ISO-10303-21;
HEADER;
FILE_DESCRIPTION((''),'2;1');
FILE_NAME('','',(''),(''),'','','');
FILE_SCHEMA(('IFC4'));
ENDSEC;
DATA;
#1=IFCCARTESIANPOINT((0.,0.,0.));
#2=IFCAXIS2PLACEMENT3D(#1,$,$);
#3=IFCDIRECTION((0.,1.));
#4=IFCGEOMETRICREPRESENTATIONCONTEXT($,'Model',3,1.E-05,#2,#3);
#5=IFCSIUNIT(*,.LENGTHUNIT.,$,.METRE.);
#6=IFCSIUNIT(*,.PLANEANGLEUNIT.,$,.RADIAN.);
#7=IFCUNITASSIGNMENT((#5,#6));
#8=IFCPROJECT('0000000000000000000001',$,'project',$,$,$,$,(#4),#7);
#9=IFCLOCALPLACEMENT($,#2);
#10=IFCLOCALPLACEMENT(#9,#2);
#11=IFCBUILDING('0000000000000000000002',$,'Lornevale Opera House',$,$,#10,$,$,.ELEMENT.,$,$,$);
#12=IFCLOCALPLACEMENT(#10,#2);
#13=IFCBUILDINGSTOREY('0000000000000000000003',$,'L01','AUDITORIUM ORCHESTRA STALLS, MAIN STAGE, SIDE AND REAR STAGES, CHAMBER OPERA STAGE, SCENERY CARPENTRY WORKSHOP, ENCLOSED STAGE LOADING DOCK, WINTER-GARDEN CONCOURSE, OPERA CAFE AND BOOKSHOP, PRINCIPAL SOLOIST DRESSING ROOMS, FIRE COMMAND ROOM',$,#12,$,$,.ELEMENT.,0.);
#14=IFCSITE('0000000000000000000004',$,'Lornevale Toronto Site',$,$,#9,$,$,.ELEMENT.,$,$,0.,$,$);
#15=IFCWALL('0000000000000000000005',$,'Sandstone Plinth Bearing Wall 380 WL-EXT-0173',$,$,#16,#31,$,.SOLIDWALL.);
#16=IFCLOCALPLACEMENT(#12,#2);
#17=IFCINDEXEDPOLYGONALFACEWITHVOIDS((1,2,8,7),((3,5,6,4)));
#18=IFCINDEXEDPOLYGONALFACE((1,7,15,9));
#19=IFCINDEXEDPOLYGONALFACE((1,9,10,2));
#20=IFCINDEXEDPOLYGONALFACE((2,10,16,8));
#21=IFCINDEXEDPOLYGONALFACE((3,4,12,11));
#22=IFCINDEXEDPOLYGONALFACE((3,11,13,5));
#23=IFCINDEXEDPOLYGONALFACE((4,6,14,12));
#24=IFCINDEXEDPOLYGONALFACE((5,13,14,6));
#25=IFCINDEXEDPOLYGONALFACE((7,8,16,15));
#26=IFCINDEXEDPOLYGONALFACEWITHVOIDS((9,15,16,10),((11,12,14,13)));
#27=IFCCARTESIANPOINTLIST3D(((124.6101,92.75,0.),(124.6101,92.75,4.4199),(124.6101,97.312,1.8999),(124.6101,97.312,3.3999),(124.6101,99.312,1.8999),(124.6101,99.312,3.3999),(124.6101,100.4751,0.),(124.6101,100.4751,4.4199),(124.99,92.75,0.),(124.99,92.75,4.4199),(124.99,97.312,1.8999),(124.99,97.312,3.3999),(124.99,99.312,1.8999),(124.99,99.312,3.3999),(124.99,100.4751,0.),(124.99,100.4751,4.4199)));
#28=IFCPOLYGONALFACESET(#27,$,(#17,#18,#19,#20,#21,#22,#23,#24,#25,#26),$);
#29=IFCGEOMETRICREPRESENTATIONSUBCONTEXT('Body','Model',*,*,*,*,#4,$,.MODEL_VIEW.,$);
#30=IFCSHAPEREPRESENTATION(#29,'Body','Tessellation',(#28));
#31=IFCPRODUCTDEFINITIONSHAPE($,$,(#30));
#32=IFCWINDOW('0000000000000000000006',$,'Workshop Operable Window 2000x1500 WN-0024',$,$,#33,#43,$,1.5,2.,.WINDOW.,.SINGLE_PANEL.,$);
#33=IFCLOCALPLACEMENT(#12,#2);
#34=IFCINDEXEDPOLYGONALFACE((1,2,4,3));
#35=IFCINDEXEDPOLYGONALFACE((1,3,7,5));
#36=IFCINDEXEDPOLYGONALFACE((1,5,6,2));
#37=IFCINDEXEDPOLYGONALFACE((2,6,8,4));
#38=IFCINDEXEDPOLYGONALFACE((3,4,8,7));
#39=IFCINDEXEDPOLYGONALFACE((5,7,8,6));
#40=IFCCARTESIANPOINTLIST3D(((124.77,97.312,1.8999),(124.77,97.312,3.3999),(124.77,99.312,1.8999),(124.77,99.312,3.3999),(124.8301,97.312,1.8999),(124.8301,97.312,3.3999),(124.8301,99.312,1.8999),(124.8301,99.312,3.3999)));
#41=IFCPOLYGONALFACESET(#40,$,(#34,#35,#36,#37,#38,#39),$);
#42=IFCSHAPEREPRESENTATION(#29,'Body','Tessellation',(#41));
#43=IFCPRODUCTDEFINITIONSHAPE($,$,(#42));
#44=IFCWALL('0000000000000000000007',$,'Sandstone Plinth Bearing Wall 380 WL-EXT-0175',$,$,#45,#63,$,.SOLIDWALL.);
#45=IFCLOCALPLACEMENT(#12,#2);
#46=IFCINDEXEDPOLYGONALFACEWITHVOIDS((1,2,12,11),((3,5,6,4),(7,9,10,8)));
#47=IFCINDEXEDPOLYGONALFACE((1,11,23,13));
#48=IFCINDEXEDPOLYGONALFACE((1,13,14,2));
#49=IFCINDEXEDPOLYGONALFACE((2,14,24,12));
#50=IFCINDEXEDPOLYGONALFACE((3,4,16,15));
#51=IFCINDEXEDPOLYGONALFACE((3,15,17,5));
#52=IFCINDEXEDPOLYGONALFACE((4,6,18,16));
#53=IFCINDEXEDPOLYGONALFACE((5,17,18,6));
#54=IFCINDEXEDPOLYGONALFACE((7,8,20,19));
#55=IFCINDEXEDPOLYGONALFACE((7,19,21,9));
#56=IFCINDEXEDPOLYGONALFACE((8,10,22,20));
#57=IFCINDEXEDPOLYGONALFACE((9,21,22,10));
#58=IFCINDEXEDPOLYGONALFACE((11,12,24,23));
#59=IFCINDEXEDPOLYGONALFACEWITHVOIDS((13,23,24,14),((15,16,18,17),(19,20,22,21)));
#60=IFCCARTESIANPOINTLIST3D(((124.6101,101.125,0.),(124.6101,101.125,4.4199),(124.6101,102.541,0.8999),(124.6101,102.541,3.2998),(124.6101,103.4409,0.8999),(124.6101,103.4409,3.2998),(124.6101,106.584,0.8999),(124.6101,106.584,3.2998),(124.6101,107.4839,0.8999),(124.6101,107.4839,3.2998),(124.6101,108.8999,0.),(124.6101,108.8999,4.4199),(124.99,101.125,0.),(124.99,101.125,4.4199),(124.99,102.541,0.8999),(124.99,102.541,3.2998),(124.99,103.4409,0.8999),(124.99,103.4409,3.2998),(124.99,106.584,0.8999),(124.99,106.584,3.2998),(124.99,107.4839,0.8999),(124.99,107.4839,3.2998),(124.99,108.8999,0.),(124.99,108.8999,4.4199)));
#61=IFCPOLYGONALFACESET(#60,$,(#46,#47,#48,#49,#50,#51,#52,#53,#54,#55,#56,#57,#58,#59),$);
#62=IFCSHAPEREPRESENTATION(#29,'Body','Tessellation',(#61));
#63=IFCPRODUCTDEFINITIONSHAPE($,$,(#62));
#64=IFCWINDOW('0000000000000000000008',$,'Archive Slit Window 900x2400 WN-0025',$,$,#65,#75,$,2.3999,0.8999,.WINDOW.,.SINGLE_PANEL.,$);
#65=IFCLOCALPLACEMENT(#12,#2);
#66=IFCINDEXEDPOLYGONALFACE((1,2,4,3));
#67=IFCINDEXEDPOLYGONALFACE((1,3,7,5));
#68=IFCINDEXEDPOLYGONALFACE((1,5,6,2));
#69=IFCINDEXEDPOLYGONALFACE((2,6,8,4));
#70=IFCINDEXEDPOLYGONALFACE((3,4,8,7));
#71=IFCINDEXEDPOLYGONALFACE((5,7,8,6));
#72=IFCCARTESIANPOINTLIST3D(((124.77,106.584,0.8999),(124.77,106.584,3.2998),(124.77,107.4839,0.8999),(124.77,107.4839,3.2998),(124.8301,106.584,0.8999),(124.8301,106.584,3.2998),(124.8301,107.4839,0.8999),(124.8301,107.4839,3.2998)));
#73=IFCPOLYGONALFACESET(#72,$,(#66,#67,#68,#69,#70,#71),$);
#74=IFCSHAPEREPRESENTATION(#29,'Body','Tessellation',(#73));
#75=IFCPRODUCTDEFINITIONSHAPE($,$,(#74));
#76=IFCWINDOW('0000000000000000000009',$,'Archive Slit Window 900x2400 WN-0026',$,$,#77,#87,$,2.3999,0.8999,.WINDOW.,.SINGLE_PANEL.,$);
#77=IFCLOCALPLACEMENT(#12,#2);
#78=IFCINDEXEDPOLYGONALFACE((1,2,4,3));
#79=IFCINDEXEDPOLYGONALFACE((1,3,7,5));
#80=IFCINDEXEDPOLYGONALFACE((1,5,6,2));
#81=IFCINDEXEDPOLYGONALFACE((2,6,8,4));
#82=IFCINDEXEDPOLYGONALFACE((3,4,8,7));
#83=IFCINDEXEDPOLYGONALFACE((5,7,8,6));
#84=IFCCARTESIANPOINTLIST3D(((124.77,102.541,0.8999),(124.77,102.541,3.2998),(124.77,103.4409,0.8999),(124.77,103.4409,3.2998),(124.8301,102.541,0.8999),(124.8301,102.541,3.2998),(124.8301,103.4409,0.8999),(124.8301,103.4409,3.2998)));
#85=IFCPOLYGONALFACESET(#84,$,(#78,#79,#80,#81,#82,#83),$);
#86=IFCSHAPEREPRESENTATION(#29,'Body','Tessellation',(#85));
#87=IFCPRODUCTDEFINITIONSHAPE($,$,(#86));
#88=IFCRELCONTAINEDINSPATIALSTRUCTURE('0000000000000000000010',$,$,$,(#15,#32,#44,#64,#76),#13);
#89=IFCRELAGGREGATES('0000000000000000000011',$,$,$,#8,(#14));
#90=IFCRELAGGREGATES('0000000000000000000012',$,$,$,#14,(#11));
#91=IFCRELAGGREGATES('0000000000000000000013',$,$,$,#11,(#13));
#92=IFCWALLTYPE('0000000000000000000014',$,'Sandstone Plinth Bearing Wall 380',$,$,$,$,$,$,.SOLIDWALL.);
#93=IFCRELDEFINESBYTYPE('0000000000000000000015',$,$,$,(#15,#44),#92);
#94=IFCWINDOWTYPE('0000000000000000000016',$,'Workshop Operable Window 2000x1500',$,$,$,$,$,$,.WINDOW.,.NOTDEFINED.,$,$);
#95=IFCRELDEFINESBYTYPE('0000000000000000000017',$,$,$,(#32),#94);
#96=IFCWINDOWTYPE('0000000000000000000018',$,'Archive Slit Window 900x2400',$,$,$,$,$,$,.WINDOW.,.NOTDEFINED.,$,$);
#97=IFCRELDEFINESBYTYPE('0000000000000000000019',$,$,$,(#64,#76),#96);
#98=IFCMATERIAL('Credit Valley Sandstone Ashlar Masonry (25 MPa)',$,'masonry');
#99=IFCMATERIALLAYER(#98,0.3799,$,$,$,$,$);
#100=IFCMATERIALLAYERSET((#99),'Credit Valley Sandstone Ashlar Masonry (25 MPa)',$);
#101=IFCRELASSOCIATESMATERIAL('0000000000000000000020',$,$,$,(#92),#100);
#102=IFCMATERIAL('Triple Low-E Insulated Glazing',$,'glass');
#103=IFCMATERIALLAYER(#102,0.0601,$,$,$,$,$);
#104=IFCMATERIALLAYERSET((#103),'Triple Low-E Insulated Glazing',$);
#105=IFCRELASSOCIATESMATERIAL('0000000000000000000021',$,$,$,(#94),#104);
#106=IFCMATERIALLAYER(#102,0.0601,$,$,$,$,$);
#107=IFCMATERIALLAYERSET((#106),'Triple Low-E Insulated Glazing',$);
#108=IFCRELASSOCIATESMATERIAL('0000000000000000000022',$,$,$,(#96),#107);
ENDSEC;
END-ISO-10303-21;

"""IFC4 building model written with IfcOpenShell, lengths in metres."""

from ifc_helpers import new_model, si_unit, direction, frame, frame_2d, origin, place, context, subcontext, project, spatial, rectangle, extrude, material, layer, layer_set, type_object, element, fill, save


model = new_model("IFC4")

# Units and contexts
model_context = context("Model", 3, precision=1e-05, world=origin(), true_north=direction((0.0, 1.0)))
body_context = subcontext(model_context, "Body", "Model", "MODEL_VIEW")
ifc_project = project(units=[si_unit("LENGTHUNIT", "METRE"), si_unit("PLANEANGLEUNIT", "RADIAN")], contexts=[model_context])

# Site, building, storey
site_placement = place(None, origin())
site = spatial("IfcSite", under=ifc_project, at=site_placement, Name="Lornevale Toronto Site", CompositionType="ELEMENT", RefElevation=0.0)
building_placement = place(site_placement, origin())
building = spatial("IfcBuilding", under=site, at=building_placement, Name="Lornevale Opera House", CompositionType="ELEMENT")
storey_placement = place(building_placement, origin())
storey = spatial("IfcBuildingStorey", under=building, at=storey_placement, Name="L01", Description="AUDITORIUM ORCHESTRA STALLS, MAIN STAGE, SIDE AND REAR STAGES, CHAMBER OPERA STAGE, SCENERY CARPENTRY WORKSHOP, ENCLOSED STAGE LOADING DOCK, WINTER-GARDEN CONCOURSE, OPERA CAFE AND BOOKSHOP, PRINCIPAL SOLOIST DRESSING ROOMS, FIRE COMMAND ROOM", CompositionType="ELEMENT", Elevation=0.0)

# Wall, opening, window
ifc_material_1 = material(Name="Credit Valley Sandstone Ashlar Masonry (25 MPa)", Category="masonry")
ifc_layer_1 = layer(ifc_material_1, 0.3799)
ifc_layer_set_1 = layer_set([ifc_layer_1], Name="Credit Valley Sandstone Ashlar Masonry (25 MPa)")
wall_type = type_object("IfcWallType", Name="Sandstone Plinth Bearing Wall 380", PredefinedType="SOLIDWALL", material=ifc_layer_set_1)
wall_1_placement = place(storey_placement, frame((124.8, 100.4751, 0.0), z_axis=(0.0, 0.0, 1.0), x_axis=(0.0, -1.0, 0.0)))
wall_1 = element("IfcWall", 1, at=wall_1_placement, inside=storey, type_object=wall_type, Name="Sandstone Plinth Bearing Wall 380 WL-EXT-0173", PredefinedType="SOLIDWALL", context=body_context, shape_type="SweptSolid", body=[
    extrude(rectangle(XDim=7.7251, YDim=0.3799, at=frame_2d((3.8625, 0.0))), origin(), (0.0, 0.0, 1.0), 4.4199),
])
opening_1_placement = place(wall_1_placement, frame((1.1631, 0.0, 1.8999)))
opening_1 = element("IfcOpeningElement", 2, at=opening_1_placement, cuts=wall_1, PredefinedType="OPENING", context=body_context, shape_type="SweptSolid", body=[
    extrude(rectangle(XDim=2.0, YDim=1.5, at=frame_2d((1.0, 0.75))), frame((0.0, 0.2, 0.0), z_axis=(0.0, -1.0, 0.0), x_axis=(1.0, 0.0, 0.0)), (0.0, 0.0, 1.0), 0.3999),
])
ifc_material_2 = material(Name="Triple Low-E Insulated Glazing", Category="glass")
ifc_layer_2 = layer(ifc_material_2, 0.0601)
ifc_layer_set_2 = layer_set([ifc_layer_2], Name="Triple Low-E Insulated Glazing")
window_type_1 = type_object("IfcWindowType", Name="Workshop Operable Window 2000x1500", PartitioningType="NOTDEFINED", PredefinedType="WINDOW", material=ifc_layer_set_2)
window_1_placement = place(opening_1_placement, origin())
window_1 = element("IfcWindow", 3, at=window_1_placement, inside=storey, type_object=window_type_1, Name="Workshop Operable Window 2000x1500 WN-0024", OverallHeight=1.5, OverallWidth=2.0, PartitioningType="SINGLE_PANEL", PredefinedType="WINDOW", context=body_context, shape_type="SweptSolid", body=[
    extrude(rectangle(XDim=2.0, YDim=1.5, at=frame_2d((1.0, 0.75))), frame((0.0, 0.03, 0.0), z_axis=(0.0, -1.0, 0.0), x_axis=(1.0, 0.0, 0.0)), (0.0, 0.0, 1.0), 0.0601),
])
fill(opening_1, window_1)

# Wall, openings, windows
wall_2_placement = place(storey_placement, frame((124.8, 108.8999, 0.0), z_axis=(0.0, 0.0, 1.0), x_axis=(0.0, -1.0, 0.0)))
wall_2 = element("IfcWall", 4, at=wall_2_placement, inside=storey, type_object=wall_type, Name="Sandstone Plinth Bearing Wall 380 WL-EXT-0175", PredefinedType="SOLIDWALL", context=body_context, shape_type="SweptSolid", body=[
    extrude(rectangle(XDim=7.7749, YDim=0.3799, at=frame_2d((3.8875, 0.0))), origin(), (0.0, 0.0, 1.0), 4.4199),
])
opening_2_placement = place(wall_2_placement, frame((1.416, 0.0, 0.8999)))
opening_2 = element("IfcOpeningElement", 5, at=opening_2_placement, cuts=wall_2, PredefinedType="OPENING", context=body_context, shape_type="SweptSolid", body=[
    extrude(rectangle(XDim=0.8999, YDim=2.3999, at=frame_2d((0.45, 1.2))), frame((0.0, 0.2, 0.0), z_axis=(0.0, -1.0, 0.0), x_axis=(1.0, 0.0, 0.0)), (0.0, 0.0, 1.0), 0.3999),
])
opening_3_placement = place(wall_2_placement, frame((5.459, 0.0, 0.8999)))
opening_3 = element("IfcOpeningElement", 6, at=opening_3_placement, cuts=wall_2, PredefinedType="OPENING", context=body_context, shape_type="SweptSolid", body=[
    extrude(rectangle(XDim=0.8999, YDim=2.3999, at=frame_2d((0.45, 1.2))), frame((0.0, 0.2, 0.0), z_axis=(0.0, -1.0, 0.0), x_axis=(1.0, 0.0, 0.0)), (0.0, 0.0, 1.0), 0.3999),
])
ifc_layer_3 = layer(ifc_material_2, 0.0601)
ifc_layer_set_3 = layer_set([ifc_layer_3], Name="Triple Low-E Insulated Glazing")
window_type_2 = type_object("IfcWindowType", Name="Archive Slit Window 900x2400", PartitioningType="NOTDEFINED", PredefinedType="WINDOW", material=ifc_layer_set_3)
window_2_placement = place(opening_2_placement, origin())
window_2 = element("IfcWindow", 7, at=window_2_placement, inside=storey, type_object=window_type_2, Name="Archive Slit Window 900x2400 WN-0025", OverallHeight=2.3999, OverallWidth=0.8999, PartitioningType="SINGLE_PANEL", PredefinedType="WINDOW", context=body_context, shape_type="SweptSolid", body=[
    extrude(rectangle(XDim=0.8999, YDim=2.3999, at=frame_2d((0.45, 1.2))), frame((0.0, 0.03, 0.0), z_axis=(0.0, -1.0, 0.0), x_axis=(1.0, 0.0, 0.0)), (0.0, 0.0, 1.0), 0.0601),
])
fill(opening_2, window_2)
window_3_placement = place(opening_3_placement, origin())
window_3 = element("IfcWindow", 8, at=window_3_placement, inside=storey, type_object=window_type_2, Name="Archive Slit Window 900x2400 WN-0026", OverallHeight=2.3999, OverallWidth=0.8999, PartitioningType="SINGLE_PANEL", PredefinedType="WINDOW", context=body_context, shape_type="SweptSolid", body=[
    extrude(rectangle(XDim=0.8999, YDim=2.3999, at=frame_2d((0.45, 1.2))), frame((0.0, 0.03, 0.0), z_axis=(0.0, -1.0, 0.0), x_axis=(1.0, 0.0, 0.0)), (0.0, 0.0, 1.0), 0.0601),
])
fill(opening_3, window_3)

save(model, "model.ifc")
